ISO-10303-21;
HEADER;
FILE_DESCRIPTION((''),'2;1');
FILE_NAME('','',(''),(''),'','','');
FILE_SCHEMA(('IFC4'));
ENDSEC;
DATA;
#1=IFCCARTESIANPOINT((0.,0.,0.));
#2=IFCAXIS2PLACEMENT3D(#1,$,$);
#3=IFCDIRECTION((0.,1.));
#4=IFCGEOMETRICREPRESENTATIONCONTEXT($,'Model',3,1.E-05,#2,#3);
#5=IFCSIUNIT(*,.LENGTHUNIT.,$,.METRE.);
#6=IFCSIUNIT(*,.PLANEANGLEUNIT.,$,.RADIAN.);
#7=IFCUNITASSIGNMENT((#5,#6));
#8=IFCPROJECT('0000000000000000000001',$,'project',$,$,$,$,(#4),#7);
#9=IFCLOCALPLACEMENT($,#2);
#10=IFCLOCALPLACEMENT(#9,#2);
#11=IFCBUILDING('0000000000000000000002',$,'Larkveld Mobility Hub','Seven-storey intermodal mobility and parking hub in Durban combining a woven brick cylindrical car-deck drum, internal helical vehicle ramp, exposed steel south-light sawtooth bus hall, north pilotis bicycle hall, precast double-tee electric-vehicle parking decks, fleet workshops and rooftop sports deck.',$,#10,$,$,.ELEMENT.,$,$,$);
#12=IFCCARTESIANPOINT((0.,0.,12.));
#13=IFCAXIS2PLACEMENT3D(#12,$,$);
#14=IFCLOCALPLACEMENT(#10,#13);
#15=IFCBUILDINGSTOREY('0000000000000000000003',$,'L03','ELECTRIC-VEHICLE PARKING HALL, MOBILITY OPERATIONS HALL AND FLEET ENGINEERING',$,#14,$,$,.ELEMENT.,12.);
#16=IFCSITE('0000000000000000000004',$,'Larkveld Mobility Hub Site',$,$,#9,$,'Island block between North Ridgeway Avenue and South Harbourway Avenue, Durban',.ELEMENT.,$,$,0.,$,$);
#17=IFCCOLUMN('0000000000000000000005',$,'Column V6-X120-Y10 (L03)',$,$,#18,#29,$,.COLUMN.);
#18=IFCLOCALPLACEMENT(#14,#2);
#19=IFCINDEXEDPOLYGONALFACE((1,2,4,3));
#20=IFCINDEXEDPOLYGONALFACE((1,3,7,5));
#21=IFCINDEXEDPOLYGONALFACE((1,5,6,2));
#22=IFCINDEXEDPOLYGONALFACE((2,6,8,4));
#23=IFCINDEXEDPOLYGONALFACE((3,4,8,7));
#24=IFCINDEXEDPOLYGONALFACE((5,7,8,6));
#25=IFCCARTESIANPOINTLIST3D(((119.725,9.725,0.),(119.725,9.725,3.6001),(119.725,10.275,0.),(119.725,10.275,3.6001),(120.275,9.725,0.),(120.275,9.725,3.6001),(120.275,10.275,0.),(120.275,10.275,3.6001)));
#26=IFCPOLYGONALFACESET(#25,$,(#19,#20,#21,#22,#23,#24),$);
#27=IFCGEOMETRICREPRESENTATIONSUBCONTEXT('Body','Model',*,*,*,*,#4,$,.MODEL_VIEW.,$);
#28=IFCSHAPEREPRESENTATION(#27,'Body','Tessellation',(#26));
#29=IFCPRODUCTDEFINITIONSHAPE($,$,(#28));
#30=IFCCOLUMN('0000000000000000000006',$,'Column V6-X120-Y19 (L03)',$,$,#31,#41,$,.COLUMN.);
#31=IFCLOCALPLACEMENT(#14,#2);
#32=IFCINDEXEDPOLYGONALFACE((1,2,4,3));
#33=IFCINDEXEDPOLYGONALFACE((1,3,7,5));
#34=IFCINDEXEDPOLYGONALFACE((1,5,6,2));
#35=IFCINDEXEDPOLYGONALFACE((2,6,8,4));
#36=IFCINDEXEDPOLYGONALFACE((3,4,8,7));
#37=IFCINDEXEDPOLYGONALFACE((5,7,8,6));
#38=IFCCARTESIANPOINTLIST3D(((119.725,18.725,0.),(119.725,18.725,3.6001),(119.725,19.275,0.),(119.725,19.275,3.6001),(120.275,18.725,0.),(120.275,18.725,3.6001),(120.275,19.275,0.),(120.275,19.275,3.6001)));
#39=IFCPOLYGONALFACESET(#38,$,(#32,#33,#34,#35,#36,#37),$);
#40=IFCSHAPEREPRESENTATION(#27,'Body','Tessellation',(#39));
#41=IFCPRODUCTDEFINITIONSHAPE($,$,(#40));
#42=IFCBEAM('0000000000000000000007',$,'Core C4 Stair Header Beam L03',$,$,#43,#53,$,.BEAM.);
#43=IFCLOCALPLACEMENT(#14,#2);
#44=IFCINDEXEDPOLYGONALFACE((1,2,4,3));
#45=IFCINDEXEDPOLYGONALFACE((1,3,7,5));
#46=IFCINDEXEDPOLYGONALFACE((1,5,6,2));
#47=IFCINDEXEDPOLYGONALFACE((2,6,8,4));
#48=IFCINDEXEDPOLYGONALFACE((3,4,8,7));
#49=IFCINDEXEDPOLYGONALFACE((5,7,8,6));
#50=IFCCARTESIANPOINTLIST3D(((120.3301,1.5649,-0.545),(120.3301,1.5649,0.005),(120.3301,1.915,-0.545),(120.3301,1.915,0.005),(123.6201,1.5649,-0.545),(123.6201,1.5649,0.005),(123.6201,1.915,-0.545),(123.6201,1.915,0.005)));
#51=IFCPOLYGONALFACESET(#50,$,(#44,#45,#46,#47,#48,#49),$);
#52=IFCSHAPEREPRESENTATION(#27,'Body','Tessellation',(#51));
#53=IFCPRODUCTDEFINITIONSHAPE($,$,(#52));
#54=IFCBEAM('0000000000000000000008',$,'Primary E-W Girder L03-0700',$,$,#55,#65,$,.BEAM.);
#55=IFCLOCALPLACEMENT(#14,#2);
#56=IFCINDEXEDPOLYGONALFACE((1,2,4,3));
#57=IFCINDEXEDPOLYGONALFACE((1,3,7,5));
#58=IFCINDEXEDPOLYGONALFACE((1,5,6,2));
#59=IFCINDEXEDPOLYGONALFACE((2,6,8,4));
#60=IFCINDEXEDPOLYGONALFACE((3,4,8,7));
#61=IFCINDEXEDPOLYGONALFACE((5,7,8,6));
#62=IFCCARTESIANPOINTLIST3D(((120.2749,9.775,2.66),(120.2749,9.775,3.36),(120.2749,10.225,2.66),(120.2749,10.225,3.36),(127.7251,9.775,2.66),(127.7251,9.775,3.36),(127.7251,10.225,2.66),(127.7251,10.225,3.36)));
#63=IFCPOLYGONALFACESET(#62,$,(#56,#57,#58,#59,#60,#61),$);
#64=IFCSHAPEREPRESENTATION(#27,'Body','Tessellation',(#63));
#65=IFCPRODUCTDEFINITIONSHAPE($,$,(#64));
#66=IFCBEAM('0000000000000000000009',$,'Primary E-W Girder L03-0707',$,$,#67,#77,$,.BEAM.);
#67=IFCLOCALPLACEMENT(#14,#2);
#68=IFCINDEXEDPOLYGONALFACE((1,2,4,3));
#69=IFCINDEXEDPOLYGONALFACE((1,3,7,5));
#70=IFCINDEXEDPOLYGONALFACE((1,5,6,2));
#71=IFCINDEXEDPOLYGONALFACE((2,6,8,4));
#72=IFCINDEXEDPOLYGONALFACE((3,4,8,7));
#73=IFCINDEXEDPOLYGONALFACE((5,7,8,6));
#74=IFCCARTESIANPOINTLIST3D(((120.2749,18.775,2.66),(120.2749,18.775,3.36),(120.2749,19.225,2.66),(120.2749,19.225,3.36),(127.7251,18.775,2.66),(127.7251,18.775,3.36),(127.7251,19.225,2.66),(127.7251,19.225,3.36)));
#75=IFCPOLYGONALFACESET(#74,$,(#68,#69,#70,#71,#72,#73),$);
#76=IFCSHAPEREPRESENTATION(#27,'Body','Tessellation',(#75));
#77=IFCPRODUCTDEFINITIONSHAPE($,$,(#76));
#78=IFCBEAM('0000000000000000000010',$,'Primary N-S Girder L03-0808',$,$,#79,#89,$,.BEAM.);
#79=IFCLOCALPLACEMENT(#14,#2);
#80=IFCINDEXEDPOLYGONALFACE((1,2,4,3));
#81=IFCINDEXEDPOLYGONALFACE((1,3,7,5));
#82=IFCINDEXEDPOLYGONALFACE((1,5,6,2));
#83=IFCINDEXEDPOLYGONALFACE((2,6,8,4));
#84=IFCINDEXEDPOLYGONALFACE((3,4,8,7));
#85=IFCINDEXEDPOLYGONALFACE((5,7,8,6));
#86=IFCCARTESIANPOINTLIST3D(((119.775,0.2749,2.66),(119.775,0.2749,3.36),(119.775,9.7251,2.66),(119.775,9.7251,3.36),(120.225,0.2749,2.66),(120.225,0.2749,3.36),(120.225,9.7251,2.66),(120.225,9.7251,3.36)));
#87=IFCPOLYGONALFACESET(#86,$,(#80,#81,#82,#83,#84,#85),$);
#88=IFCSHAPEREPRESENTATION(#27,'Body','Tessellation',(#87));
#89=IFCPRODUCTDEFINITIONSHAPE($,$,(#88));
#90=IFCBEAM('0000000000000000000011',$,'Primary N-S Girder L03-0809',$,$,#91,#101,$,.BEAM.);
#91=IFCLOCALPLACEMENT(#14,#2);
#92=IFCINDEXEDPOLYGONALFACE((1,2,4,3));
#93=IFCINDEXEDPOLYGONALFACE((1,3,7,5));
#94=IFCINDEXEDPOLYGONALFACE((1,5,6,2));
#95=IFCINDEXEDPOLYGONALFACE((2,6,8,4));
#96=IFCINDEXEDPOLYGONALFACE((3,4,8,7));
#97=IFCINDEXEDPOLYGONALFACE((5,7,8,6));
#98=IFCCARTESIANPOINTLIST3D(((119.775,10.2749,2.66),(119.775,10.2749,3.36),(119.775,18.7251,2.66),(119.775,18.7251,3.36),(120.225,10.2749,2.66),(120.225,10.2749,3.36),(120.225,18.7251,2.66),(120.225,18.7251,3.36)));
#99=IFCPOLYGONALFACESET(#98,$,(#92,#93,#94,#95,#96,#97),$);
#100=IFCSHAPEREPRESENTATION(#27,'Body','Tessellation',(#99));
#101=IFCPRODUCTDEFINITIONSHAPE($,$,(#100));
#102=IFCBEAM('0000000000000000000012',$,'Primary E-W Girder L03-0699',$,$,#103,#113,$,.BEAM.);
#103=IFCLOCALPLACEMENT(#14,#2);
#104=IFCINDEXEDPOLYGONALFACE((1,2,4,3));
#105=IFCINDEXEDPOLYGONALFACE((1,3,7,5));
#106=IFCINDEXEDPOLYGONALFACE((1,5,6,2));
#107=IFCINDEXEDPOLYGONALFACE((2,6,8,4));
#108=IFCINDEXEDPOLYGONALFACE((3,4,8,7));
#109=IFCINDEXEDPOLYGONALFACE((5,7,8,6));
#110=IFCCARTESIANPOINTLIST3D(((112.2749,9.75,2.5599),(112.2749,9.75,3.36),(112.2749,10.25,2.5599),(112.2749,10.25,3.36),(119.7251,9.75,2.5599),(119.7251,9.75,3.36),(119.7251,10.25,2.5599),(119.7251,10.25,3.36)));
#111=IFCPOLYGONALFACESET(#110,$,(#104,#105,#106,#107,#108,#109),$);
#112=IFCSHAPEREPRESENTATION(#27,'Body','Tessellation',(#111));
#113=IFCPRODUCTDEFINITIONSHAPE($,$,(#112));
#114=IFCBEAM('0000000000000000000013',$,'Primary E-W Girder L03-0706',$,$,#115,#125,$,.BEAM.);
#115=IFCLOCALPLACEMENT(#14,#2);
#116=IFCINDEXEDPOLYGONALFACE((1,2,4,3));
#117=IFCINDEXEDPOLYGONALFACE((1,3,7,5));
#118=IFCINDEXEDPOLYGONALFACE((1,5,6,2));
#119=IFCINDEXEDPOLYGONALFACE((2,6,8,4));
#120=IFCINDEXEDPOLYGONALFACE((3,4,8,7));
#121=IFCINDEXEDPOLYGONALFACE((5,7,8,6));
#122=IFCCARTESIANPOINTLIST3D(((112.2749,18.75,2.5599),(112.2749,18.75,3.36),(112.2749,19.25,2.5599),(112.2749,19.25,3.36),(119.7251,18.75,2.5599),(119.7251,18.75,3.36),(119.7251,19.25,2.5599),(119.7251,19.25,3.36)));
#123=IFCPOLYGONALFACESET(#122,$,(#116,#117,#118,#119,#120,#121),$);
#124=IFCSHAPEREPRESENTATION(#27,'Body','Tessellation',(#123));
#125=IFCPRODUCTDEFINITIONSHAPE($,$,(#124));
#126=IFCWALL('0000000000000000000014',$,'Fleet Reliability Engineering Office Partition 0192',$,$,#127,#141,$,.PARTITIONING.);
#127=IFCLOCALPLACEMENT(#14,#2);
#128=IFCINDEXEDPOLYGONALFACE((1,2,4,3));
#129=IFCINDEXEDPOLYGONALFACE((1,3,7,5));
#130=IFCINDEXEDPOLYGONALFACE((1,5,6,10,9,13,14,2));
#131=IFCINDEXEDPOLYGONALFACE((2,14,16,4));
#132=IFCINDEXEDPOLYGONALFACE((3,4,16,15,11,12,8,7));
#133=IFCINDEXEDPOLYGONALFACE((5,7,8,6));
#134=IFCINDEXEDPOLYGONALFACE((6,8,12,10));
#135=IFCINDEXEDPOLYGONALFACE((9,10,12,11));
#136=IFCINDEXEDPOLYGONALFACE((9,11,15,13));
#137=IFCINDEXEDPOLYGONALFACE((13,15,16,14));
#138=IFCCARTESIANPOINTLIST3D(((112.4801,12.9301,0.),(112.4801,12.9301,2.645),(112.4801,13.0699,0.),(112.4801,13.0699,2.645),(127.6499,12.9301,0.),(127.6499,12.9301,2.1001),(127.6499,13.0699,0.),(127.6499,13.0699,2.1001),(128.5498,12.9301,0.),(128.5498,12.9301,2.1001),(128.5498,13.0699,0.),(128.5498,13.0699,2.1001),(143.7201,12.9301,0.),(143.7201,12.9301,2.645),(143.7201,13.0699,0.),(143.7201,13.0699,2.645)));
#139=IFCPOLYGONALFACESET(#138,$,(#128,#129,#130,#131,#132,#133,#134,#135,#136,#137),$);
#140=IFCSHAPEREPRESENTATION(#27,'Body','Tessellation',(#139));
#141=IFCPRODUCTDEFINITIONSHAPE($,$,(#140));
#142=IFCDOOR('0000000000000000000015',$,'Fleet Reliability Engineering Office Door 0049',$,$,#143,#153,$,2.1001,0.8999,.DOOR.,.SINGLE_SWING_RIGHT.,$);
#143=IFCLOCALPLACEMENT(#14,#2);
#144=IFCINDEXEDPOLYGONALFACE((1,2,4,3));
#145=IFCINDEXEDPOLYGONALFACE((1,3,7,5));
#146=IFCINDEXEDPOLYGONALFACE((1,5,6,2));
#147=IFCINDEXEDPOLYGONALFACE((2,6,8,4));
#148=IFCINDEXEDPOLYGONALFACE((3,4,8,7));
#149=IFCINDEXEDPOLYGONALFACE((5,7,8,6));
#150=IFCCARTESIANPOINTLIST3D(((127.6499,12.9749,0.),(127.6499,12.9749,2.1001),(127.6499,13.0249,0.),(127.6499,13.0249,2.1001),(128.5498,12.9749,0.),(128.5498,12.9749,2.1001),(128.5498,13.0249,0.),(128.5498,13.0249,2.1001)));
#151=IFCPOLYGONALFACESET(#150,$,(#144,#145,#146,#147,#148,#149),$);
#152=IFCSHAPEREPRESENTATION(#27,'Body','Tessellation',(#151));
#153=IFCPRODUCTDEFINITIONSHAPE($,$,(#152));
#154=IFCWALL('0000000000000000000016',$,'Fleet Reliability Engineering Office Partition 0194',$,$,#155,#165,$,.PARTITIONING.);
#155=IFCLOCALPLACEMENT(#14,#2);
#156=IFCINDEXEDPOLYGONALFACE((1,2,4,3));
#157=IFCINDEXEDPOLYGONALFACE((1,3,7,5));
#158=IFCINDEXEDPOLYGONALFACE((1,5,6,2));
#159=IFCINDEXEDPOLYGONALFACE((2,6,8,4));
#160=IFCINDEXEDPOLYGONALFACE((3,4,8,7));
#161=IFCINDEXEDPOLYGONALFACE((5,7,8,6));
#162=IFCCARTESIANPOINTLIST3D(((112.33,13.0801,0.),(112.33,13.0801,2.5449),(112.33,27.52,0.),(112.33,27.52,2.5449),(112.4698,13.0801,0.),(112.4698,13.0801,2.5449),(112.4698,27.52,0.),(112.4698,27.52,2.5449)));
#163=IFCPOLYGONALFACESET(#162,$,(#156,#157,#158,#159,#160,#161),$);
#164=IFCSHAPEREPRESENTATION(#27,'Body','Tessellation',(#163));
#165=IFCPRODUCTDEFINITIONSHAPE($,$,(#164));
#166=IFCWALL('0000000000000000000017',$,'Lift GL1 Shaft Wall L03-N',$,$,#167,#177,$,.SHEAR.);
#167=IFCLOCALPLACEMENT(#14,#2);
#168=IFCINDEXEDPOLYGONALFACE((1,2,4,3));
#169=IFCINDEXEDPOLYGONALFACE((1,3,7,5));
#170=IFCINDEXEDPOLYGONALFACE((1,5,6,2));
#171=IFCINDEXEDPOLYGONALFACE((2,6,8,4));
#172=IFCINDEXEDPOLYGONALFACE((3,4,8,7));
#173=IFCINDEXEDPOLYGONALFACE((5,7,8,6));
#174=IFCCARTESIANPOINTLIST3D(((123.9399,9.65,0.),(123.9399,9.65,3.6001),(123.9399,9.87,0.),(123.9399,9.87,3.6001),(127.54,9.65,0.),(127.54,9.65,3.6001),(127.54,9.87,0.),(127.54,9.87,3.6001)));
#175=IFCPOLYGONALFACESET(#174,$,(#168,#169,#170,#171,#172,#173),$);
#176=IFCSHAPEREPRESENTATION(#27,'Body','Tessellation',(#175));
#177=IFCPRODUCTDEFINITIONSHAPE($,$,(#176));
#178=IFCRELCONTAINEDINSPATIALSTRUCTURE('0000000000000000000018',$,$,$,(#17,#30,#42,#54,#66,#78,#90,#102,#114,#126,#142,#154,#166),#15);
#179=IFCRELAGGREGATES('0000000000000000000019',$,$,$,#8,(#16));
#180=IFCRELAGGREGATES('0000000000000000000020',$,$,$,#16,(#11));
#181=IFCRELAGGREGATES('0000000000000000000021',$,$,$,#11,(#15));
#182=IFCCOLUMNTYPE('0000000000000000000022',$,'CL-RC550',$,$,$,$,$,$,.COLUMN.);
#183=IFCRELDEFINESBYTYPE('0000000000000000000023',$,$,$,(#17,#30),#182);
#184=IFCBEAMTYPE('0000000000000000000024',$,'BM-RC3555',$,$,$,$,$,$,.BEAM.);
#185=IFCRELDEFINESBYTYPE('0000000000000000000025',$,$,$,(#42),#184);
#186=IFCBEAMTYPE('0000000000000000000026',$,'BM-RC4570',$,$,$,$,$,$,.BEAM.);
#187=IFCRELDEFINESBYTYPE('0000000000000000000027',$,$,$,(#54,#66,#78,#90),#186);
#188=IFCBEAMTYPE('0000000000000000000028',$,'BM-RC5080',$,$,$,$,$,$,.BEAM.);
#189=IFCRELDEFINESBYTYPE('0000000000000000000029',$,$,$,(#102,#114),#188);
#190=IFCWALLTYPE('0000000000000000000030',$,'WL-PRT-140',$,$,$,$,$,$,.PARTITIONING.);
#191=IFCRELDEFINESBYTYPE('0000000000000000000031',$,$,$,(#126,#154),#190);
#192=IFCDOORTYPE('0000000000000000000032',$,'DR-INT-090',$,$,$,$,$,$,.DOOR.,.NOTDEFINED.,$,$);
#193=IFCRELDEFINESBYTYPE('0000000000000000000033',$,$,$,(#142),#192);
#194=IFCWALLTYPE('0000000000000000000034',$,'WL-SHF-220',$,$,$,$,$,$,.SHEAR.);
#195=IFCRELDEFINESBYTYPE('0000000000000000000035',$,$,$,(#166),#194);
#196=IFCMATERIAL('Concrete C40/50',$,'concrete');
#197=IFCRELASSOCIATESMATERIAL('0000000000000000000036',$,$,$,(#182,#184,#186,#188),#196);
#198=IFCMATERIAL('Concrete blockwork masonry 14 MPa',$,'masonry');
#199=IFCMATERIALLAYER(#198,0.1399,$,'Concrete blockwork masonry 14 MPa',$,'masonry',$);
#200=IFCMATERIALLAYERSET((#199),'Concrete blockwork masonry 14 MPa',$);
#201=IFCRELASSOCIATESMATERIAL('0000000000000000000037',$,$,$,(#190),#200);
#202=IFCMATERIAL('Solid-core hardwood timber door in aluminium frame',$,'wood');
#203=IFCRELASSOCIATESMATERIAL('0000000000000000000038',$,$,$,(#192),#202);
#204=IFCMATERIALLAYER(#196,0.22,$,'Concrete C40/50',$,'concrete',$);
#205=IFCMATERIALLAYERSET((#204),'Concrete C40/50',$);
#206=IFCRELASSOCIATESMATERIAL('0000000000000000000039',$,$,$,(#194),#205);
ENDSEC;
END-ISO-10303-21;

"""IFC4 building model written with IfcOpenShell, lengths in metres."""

from ifc_helpers import new_model, si_unit, direction, frame, frame_2d, origin, origin_2d, place, context, subcontext, project, spatial, rectangle, extrude, material, layer, layer_set, material_profile, profile_set, type_object, element, fill, save


model = new_model("IFC4")

# Units and contexts
model_context = context("Model", 3, precision=1e-05, world=origin(), true_north=direction((0.0, 1.0)))
body_context = subcontext(model_context, "Body", "Model", "MODEL_VIEW")
ifc_project = project(units=[si_unit("LENGTHUNIT", "METRE"), si_unit("PLANEANGLEUNIT", "RADIAN")], contexts=[model_context])

# Site, building, storey
site_placement = place(None, origin())
site = spatial("IfcSite", under=ifc_project, at=site_placement, Name="Larkveld Mobility Hub Site", LongName="Island block between North Ridgeway Avenue and South Harbourway Avenue, Durban", CompositionType="ELEMENT", RefElevation=0.0)
building_placement = place(site_placement, origin())
building = spatial("IfcBuilding", under=site, at=building_placement, Name="Larkveld Mobility Hub", Description="Seven-storey intermodal mobility and parking hub in Durban combining a woven brick cylindrical car-deck drum, internal helical vehicle ramp, exposed steel south-light sawtooth bus hall, north pilotis bicycle hall, precast double-tee electric-vehicle parking decks, fleet workshops and rooftop sports deck.", CompositionType="ELEMENT")
storey_placement = place(building_placement, frame((0.0, 0.0, 12.0)))
storey = spatial("IfcBuildingStorey", under=building, at=storey_placement, Name="L03", Description="ELECTRIC-VEHICLE PARKING HALL, MOBILITY OPERATIONS HALL AND FLEET ENGINEERING", CompositionType="ELEMENT", Elevation=12.0)

# Columns
ifc_material_1 = material(Name="Concrete C40/50", Category="concrete")
ifc_material_profile_1 = material_profile(ifc_material_1, rectangle(XDim=0.55, YDim=0.55, at=origin_2d()), Name="RC COL 550x550")
ifc_profile_set_1 = profile_set([ifc_material_profile_1], Name="Concrete C40/50")
column_type = type_object("IfcColumnType", Name="CL-RC550", PredefinedType="COLUMN", material=ifc_profile_set_1)
for number, where, z_axis, x_axis, name in (
    (1, (120.0, 10.0, 0.0), (0.0, 0.0, 1.0), (1.0, 0.0, 0.0), "Column V6-X120-Y10 (L03)"),
    (2, (120.0, 19.0, 0.0), (0.0, 0.0, 1.0), (1.0, 0.0, 0.0), "Column V6-X120-Y19 (L03)"),
):
    element("IfcColumn", number, at=place(storey_placement, frame(where, z_axis=z_axis, x_axis=x_axis)), inside=storey, type_object=column_type, Name=name, PredefinedType="COLUMN", context=body_context, shape_type="SweptSolid", body=[
        extrude(rectangle(XDim=0.55, YDim=0.55, at=origin_2d()), origin(), (0.0, 0.0, 1.0), 3.6001),
    ])

# Beams
ifc_material_profile_2 = material_profile(ifc_material_1, rectangle(XDim=0.3501, YDim=0.55, at=origin_2d()), Name="RC BM 350x550")
ifc_profile_set_2 = profile_set([ifc_material_profile_2], Name="Concrete C40/50")
beam_type_1 = type_object("IfcBeamType", Name="BM-RC3555", PredefinedType="BEAM", material=ifc_profile_set_2)
beam_1_placement = place(storey_placement, frame((120.3301, 1.74, -0.27), z_axis=(1.0, 0.0, 0.0), x_axis=(0.0, 1.0, 0.0)))
element("IfcBeam", 3, at=beam_1_placement, inside=storey, type_object=beam_type_1, Name="Core C4 Stair Header Beam L03", PredefinedType="BEAM", context=body_context, shape_type="SweptSolid", body=[
    extrude(rectangle(XDim=0.3501, YDim=0.55, at=origin_2d()), origin(), (0.0, 0.0, 1.0), 3.29),
])
ifc_material_profile_3 = material_profile(ifc_material_1, rectangle(XDim=0.45, YDim=0.7, at=origin_2d()), Name="RC BM 450x700")
ifc_profile_set_3 = profile_set([ifc_material_profile_3], Name="Concrete C40/50")
beam_type_2 = type_object("IfcBeamType", Name="BM-RC4570", PredefinedType="BEAM", material=ifc_profile_set_3)
for number, where, z_axis, x_axis, name in (
    (4, (120.2749, 10.0, 3.01), (1.0, 0.0, 0.0), (0.0, 1.0, 0.0), "Primary E-W Girder L03-0700"),
    (5, (120.2749, 19.0, 3.01), (1.0, 0.0, 0.0), (0.0, 1.0, 0.0), "Primary E-W Girder L03-0707"),
):
    element("IfcBeam", number, at=place(storey_placement, frame(where, z_axis=z_axis, x_axis=x_axis)), inside=storey, type_object=beam_type_2, Name=name, PredefinedType="BEAM", context=body_context, shape_type="SweptSolid", body=[
        extrude(rectangle(XDim=0.45, YDim=0.7, at=origin_2d()), origin(), (0.0, 0.0, 1.0), 7.4502),
    ])
beam_2_placement = place(storey_placement, frame((120.0, 0.2749, 3.01), z_axis=(0.0, 1.0, 0.0), x_axis=(-1.0, 0.0, 0.0)))
element("IfcBeam", 6, at=beam_2_placement, inside=storey, type_object=beam_type_2, Name="Primary N-S Girder L03-0808", PredefinedType="BEAM", context=body_context, shape_type="SweptSolid", body=[
    extrude(rectangle(XDim=0.45, YDim=0.7, at=origin_2d()), origin(), (0.0, 0.0, 1.0), 9.4502),
])
beam_3_placement = place(storey_placement, frame((120.0, 10.2749, 3.01), z_axis=(0.0, 1.0, 0.0), x_axis=(-1.0, 0.0, 0.0)))
element("IfcBeam", 7, at=beam_3_placement, inside=storey, type_object=beam_type_2, Name="Primary N-S Girder L03-0809", PredefinedType="BEAM", context=body_context, shape_type="SweptSolid", body=[
    extrude(rectangle(XDim=0.45, YDim=0.7, at=origin_2d()), origin(), (0.0, 0.0, 1.0), 8.4502),
])
ifc_material_profile_4 = material_profile(ifc_material_1, rectangle(XDim=0.5, YDim=0.8, at=origin_2d()), Name="RC BM 500x800")
ifc_profile_set_4 = profile_set([ifc_material_profile_4], Name="Concrete C40/50")
beam_type_3 = type_object("IfcBeamType", Name="BM-RC5080", PredefinedType="BEAM", material=ifc_profile_set_4)
for number, where, z_axis, x_axis, name in (
    (8, (112.2749, 10.0, 2.96), (1.0, 0.0, 0.0), (0.0, 1.0, 0.0), "Primary E-W Girder L03-0699"),
    (9, (112.2749, 19.0, 2.96), (1.0, 0.0, 0.0), (0.0, 1.0, 0.0), "Primary E-W Girder L03-0706"),
):
    element("IfcBeam", number, at=place(storey_placement, frame(where, z_axis=z_axis, x_axis=x_axis)), inside=storey, type_object=beam_type_3, Name=name, PredefinedType="BEAM", context=body_context, shape_type="SweptSolid", body=[
        extrude(rectangle(XDim=0.5, YDim=0.8, at=origin_2d()), origin(), (0.0, 0.0, 1.0), 7.4502),
    ])

# Wall, opening, door
ifc_material_2 = material(Name="Concrete blockwork masonry 14 MPa", Category="masonry")
ifc_layer_1 = layer(ifc_material_2, 0.1399, Name="Concrete blockwork masonry 14 MPa", Category="masonry")
ifc_layer_set_1 = layer_set([ifc_layer_1], Name="Concrete blockwork masonry 14 MPa")
wall_type_1 = type_object("IfcWallType", Name="WL-PRT-140", PredefinedType="PARTITIONING", material=ifc_layer_set_1)
wall_1_placement = place(storey_placement, frame((112.48, 13.0, 0.0), z_axis=(0.0, 0.0, 1.0), x_axis=(1.0, 0.0, 0.0)))
wall_1 = element("IfcWall", 10, at=wall_1_placement, inside=storey, type_object=wall_type_1, Name="Fleet Reliability Engineering Office Partition 0192", PredefinedType="PARTITIONING", context=body_context, shape_type="SweptSolid", body=[
    extrude(rectangle(XDim=31.24, YDim=0.1399, at=frame_2d((15.6201, 0.0))), origin(), (0.0, 0.0, 1.0), 2.645),
])
opening_1_placement = place(wall_1_placement, frame((15.1699, 0.0, 0.0)))
opening_1 = element("IfcOpeningElement", 11, at=opening_1_placement, cuts=wall_1, PredefinedType="OPENING", context=body_context, shape_type="SweptSolid", body=[
    extrude(rectangle(XDim=0.8999, YDim=2.1001, at=frame_2d((0.45, 1.05))), frame((0.0, 0.0801, 0.0), z_axis=(0.0, -1.0, 0.0), x_axis=(1.0, 0.0, 0.0)), (0.0, 0.0, 1.0), 0.1599),
])
ifc_material_3 = material(Name="Solid-core hardwood timber door in aluminium frame", Category="wood")
door_type_1 = type_object("IfcDoorType", Name="DR-INT-090", OperationType="NOTDEFINED", PredefinedType="DOOR", material=ifc_material_3)
door_1_placement = place(opening_1_placement, origin())
door_1 = element("IfcDoor", 12, at=door_1_placement, inside=storey, type_object=door_type_1, Name="Fleet Reliability Engineering Office Door 0049", OperationType="SINGLE_SWING_RIGHT", OverallHeight=2.1001, OverallWidth=0.8999, PredefinedType="DOOR", context=body_context, shape_type="SweptSolid", body=[
    extrude(rectangle(XDim=0.8999, YDim=2.1001, at=frame_2d((0.45, 1.05))), frame((0.0, 0.0249, 0.0), z_axis=(0.0, -1.0, 0.0), x_axis=(1.0, 0.0, 0.0)), (0.0, 0.0, 1.0), 0.05),
])
fill(opening_1, door_1)

# Walls
wall_2_placement = place(storey_placement, frame((112.3999, 13.0801, 0.0), z_axis=(0.0, 0.0, 1.0), x_axis=(0.0, 1.0, 0.0)))
element("IfcWall", 13, at=wall_2_placement, inside=storey, type_object=wall_type_1, Name="Fleet Reliability Engineering Office Partition 0194", PredefinedType="PARTITIONING", context=body_context, shape_type="SweptSolid", body=[
    extrude(rectangle(XDim=14.4399, YDim=0.1399, at=frame_2d((7.22, 0.0))), origin(), (0.0, 0.0, 1.0), 2.5449),
])
ifc_layer_2 = layer(ifc_material_1, 0.22, Name="Concrete C40/50", Category="concrete")
ifc_layer_set_2 = layer_set([ifc_layer_2], Name="Concrete C40/50")
wall_type_2 = type_object("IfcWallType", Name="WL-SHF-220", PredefinedType="SHEAR", material=ifc_layer_set_2)
wall_3_placement = place(storey_placement, frame((123.9399, 9.76, 0.0), z_axis=(0.0, 0.0, 1.0), x_axis=(1.0, 0.0, 0.0)))
element("IfcWall", 14, at=wall_3_placement, inside=storey, type_object=wall_type_2, Name="Lift GL1 Shaft Wall L03-N", PredefinedType="SHEAR", context=body_context, shape_type="SweptSolid", body=[
    extrude(rectangle(XDim=3.6001, YDim=0.22, at=frame_2d((1.8, 0.0))), origin(), (0.0, 0.0, 1.0), 3.6001),
])

save(model, "model.ifc")
